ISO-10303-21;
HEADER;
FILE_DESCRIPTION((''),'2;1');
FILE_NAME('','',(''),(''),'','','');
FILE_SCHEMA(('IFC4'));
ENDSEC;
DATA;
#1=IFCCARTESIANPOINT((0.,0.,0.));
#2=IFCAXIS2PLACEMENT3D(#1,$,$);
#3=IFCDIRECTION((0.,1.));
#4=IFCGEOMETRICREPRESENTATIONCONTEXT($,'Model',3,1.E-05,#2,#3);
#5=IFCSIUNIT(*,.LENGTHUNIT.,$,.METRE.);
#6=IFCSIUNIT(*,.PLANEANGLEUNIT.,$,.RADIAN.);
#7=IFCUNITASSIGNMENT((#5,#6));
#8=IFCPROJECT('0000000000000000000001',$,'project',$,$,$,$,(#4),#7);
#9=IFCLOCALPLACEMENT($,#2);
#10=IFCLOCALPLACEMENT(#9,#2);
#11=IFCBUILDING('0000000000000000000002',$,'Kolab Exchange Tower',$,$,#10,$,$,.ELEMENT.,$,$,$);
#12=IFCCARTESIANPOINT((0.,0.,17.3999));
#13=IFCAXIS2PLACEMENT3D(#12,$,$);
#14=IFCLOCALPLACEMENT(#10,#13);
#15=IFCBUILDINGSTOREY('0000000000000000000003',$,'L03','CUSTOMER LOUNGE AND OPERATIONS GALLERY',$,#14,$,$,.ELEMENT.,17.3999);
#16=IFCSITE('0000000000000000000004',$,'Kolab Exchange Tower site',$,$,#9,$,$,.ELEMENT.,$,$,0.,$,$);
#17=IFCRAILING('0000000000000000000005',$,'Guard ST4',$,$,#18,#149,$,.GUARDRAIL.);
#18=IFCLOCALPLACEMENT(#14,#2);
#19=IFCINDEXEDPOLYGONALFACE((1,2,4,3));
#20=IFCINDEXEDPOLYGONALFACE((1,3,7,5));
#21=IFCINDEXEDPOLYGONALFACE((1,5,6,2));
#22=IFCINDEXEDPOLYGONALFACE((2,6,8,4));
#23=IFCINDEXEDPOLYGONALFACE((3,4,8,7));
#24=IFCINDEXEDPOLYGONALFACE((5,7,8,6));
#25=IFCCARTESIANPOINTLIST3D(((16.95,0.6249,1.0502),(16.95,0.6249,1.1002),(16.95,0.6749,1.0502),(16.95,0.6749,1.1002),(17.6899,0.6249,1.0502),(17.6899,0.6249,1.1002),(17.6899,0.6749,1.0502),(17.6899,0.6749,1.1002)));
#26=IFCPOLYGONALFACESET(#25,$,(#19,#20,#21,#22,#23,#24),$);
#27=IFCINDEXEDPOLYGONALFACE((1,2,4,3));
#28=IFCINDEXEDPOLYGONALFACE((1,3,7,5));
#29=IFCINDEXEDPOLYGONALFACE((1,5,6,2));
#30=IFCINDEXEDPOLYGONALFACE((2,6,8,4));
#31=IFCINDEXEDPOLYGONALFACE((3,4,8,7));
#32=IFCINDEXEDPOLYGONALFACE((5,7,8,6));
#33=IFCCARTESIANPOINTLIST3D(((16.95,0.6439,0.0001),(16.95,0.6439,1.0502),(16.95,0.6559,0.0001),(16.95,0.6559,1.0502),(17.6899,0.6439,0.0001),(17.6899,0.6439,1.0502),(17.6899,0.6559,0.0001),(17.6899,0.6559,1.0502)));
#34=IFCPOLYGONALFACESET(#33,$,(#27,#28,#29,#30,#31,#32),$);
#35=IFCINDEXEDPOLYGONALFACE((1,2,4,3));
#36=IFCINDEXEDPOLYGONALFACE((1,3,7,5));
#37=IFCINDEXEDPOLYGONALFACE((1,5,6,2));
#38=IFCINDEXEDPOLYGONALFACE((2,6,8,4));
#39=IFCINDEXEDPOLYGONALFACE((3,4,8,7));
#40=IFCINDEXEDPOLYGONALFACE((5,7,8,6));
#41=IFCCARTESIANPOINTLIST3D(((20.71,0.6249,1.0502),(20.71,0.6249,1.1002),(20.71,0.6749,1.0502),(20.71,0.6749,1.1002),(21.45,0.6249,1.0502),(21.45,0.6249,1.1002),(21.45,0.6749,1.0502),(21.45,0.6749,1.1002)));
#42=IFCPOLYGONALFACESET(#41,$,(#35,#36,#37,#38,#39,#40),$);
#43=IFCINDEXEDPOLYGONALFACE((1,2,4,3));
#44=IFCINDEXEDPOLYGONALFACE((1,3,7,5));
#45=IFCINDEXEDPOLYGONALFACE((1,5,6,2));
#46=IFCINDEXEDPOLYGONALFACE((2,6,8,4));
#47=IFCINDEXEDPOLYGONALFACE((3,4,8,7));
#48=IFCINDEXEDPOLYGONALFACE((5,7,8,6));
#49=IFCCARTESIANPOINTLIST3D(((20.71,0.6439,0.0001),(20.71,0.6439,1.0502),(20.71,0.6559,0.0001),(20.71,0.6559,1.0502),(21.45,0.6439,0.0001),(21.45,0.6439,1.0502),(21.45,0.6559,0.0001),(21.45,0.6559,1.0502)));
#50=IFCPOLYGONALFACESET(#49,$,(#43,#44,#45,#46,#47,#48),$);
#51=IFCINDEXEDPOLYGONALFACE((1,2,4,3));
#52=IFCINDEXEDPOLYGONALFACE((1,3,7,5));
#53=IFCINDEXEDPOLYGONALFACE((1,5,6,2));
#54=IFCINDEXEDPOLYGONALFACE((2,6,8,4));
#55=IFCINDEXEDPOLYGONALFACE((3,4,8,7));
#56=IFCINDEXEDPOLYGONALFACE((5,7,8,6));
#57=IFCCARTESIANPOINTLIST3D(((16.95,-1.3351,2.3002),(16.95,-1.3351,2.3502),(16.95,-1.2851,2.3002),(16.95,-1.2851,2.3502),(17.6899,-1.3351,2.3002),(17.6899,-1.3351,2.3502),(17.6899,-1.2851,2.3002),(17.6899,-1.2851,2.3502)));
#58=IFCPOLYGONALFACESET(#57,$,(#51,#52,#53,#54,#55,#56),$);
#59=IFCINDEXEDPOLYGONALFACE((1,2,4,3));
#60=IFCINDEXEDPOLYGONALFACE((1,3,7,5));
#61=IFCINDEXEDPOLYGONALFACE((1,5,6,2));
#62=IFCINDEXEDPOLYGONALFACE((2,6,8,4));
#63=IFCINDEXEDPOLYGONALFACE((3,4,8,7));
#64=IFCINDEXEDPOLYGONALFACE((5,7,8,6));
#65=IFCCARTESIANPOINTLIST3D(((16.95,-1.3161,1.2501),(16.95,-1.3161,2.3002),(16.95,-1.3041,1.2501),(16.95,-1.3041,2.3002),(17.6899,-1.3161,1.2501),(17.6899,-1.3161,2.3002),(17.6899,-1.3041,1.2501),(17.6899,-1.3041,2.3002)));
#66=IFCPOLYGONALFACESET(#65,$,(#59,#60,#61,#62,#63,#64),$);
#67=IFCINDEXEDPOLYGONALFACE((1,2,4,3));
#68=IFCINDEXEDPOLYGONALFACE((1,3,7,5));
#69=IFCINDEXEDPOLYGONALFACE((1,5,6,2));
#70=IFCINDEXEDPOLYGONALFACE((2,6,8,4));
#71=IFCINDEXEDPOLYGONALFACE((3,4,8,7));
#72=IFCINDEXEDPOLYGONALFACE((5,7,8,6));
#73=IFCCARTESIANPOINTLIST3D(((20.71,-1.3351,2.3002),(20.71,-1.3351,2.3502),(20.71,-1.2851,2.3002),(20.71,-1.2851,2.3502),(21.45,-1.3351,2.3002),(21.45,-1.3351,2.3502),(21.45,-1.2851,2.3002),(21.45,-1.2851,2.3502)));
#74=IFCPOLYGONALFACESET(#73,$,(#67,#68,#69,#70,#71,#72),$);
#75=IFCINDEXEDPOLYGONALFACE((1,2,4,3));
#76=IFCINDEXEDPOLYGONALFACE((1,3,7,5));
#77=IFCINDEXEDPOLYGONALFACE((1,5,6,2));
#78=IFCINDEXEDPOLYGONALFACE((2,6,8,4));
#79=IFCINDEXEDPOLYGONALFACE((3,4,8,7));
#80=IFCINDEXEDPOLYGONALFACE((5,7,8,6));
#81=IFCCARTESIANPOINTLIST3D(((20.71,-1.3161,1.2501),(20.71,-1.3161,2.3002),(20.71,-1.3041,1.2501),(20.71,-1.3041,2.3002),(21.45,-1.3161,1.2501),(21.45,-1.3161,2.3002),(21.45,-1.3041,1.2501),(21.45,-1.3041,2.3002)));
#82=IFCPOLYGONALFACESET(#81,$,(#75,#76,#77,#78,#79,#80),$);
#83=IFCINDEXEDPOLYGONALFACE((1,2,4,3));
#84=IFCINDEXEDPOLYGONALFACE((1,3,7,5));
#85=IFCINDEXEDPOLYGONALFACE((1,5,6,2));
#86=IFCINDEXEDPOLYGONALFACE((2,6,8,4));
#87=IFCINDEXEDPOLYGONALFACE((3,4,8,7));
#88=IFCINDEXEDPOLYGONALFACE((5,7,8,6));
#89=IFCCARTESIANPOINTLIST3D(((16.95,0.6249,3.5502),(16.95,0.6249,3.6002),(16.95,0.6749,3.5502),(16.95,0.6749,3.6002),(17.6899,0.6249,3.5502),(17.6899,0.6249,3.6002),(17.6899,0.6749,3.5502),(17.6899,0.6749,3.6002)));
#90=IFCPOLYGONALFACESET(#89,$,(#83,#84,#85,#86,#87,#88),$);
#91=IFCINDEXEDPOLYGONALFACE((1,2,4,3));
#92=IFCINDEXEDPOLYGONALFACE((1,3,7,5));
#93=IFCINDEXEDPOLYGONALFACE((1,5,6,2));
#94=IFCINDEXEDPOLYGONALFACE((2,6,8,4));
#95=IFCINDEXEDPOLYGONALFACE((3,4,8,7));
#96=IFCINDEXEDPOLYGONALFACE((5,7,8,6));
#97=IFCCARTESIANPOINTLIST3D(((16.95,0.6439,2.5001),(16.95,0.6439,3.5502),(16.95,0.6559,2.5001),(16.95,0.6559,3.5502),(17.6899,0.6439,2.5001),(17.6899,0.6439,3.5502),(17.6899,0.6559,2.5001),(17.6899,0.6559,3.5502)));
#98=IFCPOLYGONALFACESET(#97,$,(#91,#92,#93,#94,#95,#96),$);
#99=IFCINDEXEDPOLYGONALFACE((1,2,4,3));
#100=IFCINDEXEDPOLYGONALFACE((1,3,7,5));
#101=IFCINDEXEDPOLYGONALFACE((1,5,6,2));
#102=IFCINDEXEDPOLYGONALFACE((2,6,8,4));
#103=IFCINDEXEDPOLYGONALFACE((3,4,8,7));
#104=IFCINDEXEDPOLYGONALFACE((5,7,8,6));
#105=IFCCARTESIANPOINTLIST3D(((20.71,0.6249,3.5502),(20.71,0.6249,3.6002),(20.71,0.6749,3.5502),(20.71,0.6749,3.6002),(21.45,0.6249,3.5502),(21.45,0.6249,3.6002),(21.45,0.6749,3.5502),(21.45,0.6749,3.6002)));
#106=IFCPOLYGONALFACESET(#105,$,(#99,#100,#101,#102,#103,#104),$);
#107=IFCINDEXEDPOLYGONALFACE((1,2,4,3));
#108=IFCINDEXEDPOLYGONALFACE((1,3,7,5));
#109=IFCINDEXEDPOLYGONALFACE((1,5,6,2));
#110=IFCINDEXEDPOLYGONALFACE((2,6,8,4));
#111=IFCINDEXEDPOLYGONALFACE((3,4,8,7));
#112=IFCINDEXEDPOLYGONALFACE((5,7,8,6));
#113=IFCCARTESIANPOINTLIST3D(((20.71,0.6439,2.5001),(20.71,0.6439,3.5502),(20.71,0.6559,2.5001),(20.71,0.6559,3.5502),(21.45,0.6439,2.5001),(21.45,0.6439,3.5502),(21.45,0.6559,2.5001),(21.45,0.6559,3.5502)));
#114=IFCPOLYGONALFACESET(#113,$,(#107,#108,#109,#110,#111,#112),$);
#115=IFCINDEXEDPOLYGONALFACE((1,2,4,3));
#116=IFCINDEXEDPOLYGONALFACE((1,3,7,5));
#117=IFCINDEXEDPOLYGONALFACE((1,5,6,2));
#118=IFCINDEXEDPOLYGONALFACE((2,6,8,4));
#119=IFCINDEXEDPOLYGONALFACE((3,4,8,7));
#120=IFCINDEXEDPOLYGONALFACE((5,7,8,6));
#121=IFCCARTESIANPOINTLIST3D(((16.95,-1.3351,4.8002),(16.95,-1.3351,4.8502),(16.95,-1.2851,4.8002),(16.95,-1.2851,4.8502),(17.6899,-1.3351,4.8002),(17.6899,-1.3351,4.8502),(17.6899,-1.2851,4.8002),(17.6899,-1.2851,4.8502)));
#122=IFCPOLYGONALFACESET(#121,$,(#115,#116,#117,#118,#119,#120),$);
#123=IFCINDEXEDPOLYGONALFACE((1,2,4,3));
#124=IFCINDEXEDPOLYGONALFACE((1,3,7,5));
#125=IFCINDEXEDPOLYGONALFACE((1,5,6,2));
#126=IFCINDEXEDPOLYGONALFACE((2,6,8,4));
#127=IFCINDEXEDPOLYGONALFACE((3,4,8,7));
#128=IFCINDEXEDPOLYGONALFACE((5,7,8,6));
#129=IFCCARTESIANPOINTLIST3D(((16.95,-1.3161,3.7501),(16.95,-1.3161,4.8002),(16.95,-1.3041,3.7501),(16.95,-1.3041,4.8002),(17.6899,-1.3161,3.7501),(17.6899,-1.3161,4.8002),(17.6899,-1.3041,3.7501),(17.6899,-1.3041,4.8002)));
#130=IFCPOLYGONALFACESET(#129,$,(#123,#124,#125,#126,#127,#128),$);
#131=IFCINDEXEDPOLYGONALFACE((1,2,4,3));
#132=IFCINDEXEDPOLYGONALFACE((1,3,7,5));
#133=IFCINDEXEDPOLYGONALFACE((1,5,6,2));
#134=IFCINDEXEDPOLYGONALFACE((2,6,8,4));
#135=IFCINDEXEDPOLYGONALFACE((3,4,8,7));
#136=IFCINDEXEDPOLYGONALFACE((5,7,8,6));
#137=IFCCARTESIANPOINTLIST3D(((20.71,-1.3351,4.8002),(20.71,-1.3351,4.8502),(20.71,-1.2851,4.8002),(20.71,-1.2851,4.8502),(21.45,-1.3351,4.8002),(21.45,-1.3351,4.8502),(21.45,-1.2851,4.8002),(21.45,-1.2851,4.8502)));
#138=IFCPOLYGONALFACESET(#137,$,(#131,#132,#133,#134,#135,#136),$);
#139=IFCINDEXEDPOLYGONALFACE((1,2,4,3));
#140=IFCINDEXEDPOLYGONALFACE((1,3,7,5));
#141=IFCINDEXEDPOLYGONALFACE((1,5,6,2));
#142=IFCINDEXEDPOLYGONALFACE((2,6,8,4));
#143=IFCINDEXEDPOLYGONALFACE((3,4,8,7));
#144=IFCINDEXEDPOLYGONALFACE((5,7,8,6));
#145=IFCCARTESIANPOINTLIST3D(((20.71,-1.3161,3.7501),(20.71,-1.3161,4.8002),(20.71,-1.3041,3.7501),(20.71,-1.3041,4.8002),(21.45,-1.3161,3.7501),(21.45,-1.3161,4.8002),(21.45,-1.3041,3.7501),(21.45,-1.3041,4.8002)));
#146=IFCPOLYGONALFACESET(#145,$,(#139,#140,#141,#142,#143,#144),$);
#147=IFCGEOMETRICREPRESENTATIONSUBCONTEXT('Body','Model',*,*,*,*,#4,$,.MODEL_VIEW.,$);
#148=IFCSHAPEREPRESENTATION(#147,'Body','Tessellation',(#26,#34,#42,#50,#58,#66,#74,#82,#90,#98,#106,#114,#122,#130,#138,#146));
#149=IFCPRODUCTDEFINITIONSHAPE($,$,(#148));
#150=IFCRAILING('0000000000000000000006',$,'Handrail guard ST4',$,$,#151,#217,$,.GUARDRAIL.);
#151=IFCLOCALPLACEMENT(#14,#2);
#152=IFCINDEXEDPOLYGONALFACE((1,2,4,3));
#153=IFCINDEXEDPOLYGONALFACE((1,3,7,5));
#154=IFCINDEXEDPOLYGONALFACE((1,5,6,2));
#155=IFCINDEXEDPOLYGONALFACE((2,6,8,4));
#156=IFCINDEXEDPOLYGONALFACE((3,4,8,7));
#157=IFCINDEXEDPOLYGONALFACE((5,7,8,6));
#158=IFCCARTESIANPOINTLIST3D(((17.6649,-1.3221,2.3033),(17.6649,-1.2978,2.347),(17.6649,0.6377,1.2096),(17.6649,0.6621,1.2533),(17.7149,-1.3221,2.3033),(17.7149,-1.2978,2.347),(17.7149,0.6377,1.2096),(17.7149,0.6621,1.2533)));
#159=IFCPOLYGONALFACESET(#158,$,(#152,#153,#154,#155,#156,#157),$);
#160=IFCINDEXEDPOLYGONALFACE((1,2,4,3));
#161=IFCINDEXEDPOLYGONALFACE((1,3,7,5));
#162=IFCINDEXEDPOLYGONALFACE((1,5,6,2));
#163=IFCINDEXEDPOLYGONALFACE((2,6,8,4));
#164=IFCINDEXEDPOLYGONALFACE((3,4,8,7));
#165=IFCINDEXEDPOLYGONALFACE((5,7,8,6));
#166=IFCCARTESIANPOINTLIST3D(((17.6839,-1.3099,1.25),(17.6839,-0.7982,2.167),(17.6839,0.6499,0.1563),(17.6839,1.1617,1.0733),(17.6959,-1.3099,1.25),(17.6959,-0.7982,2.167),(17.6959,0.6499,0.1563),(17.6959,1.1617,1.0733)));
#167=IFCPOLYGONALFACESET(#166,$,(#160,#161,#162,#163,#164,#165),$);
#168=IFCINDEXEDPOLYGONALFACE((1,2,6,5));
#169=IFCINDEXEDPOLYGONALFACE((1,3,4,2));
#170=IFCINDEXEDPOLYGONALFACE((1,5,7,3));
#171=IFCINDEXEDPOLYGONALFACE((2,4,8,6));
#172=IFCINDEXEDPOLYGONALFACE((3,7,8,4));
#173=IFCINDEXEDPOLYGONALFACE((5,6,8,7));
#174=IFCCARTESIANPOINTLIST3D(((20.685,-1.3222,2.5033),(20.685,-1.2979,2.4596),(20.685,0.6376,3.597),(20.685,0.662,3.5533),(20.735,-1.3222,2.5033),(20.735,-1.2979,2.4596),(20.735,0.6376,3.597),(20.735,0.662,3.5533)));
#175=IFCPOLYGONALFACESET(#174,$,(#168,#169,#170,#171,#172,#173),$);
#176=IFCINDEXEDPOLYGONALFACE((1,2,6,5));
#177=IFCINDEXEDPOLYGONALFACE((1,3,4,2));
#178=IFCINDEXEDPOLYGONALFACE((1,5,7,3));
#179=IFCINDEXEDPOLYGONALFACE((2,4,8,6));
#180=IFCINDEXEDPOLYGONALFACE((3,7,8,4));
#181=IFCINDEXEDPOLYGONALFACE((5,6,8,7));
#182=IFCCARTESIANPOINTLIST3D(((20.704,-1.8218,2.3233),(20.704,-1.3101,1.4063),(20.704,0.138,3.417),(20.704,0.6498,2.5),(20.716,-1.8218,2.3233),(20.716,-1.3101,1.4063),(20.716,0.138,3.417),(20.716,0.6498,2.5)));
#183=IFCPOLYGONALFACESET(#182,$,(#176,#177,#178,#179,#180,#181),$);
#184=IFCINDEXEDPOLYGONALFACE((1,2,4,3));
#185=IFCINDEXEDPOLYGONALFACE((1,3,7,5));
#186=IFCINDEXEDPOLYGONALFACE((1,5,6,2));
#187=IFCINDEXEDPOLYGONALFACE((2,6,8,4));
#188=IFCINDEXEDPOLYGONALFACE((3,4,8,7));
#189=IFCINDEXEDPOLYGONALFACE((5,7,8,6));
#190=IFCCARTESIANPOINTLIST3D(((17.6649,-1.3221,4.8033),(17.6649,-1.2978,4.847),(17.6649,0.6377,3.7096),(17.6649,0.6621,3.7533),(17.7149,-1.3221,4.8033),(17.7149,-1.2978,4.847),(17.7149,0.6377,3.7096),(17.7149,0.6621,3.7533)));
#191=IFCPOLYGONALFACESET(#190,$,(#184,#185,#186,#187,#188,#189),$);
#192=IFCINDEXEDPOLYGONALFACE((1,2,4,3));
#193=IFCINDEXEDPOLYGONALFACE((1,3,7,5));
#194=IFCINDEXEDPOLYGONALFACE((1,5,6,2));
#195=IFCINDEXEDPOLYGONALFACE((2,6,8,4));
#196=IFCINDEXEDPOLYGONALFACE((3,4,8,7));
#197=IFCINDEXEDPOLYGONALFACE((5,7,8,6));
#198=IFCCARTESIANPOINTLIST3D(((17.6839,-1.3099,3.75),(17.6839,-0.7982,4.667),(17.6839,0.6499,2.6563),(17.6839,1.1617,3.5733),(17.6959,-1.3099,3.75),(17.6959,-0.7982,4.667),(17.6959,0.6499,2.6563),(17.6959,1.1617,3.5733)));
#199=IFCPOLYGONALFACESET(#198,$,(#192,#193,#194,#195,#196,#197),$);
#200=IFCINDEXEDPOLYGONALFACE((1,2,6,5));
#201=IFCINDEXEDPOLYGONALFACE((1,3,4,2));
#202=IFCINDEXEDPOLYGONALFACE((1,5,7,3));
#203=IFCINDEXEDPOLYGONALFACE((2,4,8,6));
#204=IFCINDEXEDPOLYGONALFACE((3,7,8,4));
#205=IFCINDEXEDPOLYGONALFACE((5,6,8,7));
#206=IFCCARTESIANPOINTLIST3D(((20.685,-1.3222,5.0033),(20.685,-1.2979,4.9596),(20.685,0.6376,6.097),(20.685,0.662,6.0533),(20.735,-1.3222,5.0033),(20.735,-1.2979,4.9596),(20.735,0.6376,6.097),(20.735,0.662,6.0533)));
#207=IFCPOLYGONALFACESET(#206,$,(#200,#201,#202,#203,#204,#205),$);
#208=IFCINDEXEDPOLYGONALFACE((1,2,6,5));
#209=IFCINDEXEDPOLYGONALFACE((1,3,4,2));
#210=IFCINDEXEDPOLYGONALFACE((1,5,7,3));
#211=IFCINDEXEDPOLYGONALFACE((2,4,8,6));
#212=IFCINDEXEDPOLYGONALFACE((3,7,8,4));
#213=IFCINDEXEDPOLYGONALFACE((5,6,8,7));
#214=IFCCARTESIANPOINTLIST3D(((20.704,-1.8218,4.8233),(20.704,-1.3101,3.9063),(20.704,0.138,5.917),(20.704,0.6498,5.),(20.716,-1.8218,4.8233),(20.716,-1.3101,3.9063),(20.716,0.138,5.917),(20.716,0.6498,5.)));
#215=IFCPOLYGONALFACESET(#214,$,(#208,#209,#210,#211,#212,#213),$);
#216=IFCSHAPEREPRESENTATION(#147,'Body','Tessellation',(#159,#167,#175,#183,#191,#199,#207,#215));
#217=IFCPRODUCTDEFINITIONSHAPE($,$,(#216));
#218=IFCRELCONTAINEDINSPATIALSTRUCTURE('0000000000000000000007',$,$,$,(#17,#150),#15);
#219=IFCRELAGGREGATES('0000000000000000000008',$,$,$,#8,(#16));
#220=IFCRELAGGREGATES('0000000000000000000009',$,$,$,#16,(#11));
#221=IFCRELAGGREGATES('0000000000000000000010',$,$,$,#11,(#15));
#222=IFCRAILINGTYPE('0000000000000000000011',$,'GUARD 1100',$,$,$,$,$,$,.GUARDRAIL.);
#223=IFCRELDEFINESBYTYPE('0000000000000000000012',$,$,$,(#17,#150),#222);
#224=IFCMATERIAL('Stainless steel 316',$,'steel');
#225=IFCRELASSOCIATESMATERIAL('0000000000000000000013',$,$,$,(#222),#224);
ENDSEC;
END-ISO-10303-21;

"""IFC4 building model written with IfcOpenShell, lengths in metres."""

from ifc_helpers import new_model, si_unit, direction, frame, frame_2d, origin, origin_2d, place, context, subcontext, project, spatial, rectangle, extrude, material, type_object, element, save


model = new_model("IFC4")

# Units and contexts
model_context = context("Model", 3, precision=1e-05, world=origin(), true_north=direction((0.0, 1.0)))
body_context = subcontext(model_context, "Body", "Model", "MODEL_VIEW")
ifc_project = project(units=[si_unit("LENGTHUNIT", "METRE"), si_unit("PLANEANGLEUNIT", "RADIAN")], contexts=[model_context])

# Site, building, storey
site_placement = place(None, origin())
site = spatial("IfcSite", under=ifc_project, at=site_placement, Name="Kolab Exchange Tower site", CompositionType="ELEMENT", RefElevation=0.0)
building_placement = place(site_placement, origin())
building = spatial("IfcBuilding", under=site, at=building_placement, Name="Kolab Exchange Tower", CompositionType="ELEMENT")
storey_placement = place(building_placement, frame((0.0, 0.0, 17.3999)))
storey = spatial("IfcBuildingStorey", under=building, at=storey_placement, Name="L03", Description="CUSTOMER LOUNGE AND OPERATIONS GALLERY", CompositionType="ELEMENT", Elevation=17.3999)

# Railings
ifc_material_1 = material(Name="Stainless steel 316", Category="steel")
railing_type_1 = type_object("IfcRailingType", Name="GUARD 1100", PredefinedType="GUARDRAIL", material=ifc_material_1)
railing_1_placement = place(storey_placement, frame((16.95, 0.6499, 0.0)))
element("IfcRailing", 1, at=railing_1_placement, inside=storey, type_object=railing_type_1, Name="Guard ST4", PredefinedType="GUARDRAIL", context=body_context, shape_type="SweptSolid", body=[
    extrude(rectangle(XDim=0.05, YDim=0.05, at=origin_2d()), frame((0.0, 0.0, 1.0752), z_axis=(1.0, 0.0, 0.0), x_axis=(0.0, 1.0, 0.0)), (0.0, 0.0, 1.0), 0.74),
    extrude(rectangle(XDim=0.012, YDim=1.0501, at=frame_2d((0.0, 0.5251))), frame((0.0, 0.0, 0.0), z_axis=(1.0, 0.0, 0.0), x_axis=(0.0, 1.0, 0.0)), (0.0, 0.0, 1.0), 0.74),
    extrude(rectangle(XDim=0.05, YDim=0.05, at=origin_2d()), frame((3.76, 0.0, 1.0752), z_axis=(1.0, 0.0, 0.0), x_axis=(0.0, 1.0, 0.0)), (0.0, 0.0, 1.0), 0.74),
    extrude(rectangle(XDim=0.012, YDim=1.0501, at=frame_2d((0.0, 0.5251))), frame((3.76, 0.0, 0.0), z_axis=(1.0, 0.0, 0.0), x_axis=(0.0, 1.0, 0.0)), (0.0, 0.0, 1.0), 0.74),
    extrude(rectangle(XDim=0.05, YDim=0.05, at=origin_2d()), frame((0.0, -1.96, 2.3252), z_axis=(1.0, 0.0, 0.0), x_axis=(0.0, 1.0, 0.0)), (0.0, 0.0, 1.0), 0.74),
    extrude(rectangle(XDim=0.012, YDim=1.0501, at=frame_2d((0.0, 0.5251))), frame((0.0, -1.96, 1.25), z_axis=(1.0, 0.0, 0.0), x_axis=(0.0, 1.0, 0.0)), (0.0, 0.0, 1.0), 0.74),
    extrude(rectangle(XDim=0.05, YDim=0.05, at=origin_2d()), frame((3.76, -1.96, 2.3252), z_axis=(1.0, 0.0, 0.0), x_axis=(0.0, 1.0, 0.0)), (0.0, 0.0, 1.0), 0.74),
    extrude(rectangle(XDim=0.012, YDim=1.0501, at=frame_2d((0.0, 0.5251))), frame((3.76, -1.96, 1.25), z_axis=(1.0, 0.0, 0.0), x_axis=(0.0, 1.0, 0.0)), (0.0, 0.0, 1.0), 0.74),
    extrude(rectangle(XDim=0.05, YDim=0.05, at=origin_2d()), frame((0.0, 0.0, 3.5752), z_axis=(1.0, 0.0, 0.0), x_axis=(0.0, 1.0, 0.0)), (0.0, 0.0, 1.0), 0.74),
    extrude(rectangle(XDim=0.012, YDim=1.0501, at=frame_2d((0.0, 0.5251))), frame((0.0, 0.0, 2.5), z_axis=(1.0, 0.0, 0.0), x_axis=(0.0, 1.0, 0.0)), (0.0, 0.0, 1.0), 0.74),
    extrude(rectangle(XDim=0.05, YDim=0.05, at=origin_2d()), frame((3.76, 0.0, 3.5752), z_axis=(1.0, 0.0, 0.0), x_axis=(0.0, 1.0, 0.0)), (0.0, 0.0, 1.0), 0.74),
    extrude(rectangle(XDim=0.012, YDim=1.0501, at=frame_2d((0.0, 0.5251))), frame((3.76, 0.0, 2.5), z_axis=(1.0, 0.0, 0.0), x_axis=(0.0, 1.0, 0.0)), (0.0, 0.0, 1.0), 0.74),
    extrude(rectangle(XDim=0.05, YDim=0.05, at=origin_2d()), frame((0.0, -1.96, 4.8252), z_axis=(1.0, 0.0, 0.0), x_axis=(0.0, 1.0, 0.0)), (0.0, 0.0, 1.0), 0.74),
    extrude(rectangle(XDim=0.012, YDim=1.0501, at=frame_2d((0.0, 0.5251))), frame((0.0, -1.96, 3.75), z_axis=(1.0, 0.0, 0.0), x_axis=(0.0, 1.0, 0.0)), (0.0, 0.0, 1.0), 0.74),
    extrude(rectangle(XDim=0.05, YDim=0.05, at=origin_2d()), frame((3.76, -1.96, 4.8252), z_axis=(1.0, 0.0, 0.0), x_axis=(0.0, 1.0, 0.0)), (0.0, 0.0, 1.0), 0.74),
    extrude(rectangle(XDim=0.012, YDim=1.0501, at=frame_2d((0.0, 0.5251))), frame((3.76, -1.96, 3.75), z_axis=(1.0, 0.0, 0.0), x_axis=(0.0, 1.0, 0.0)), (0.0, 0.0, 1.0), 0.74),
])
railing_2_placement = place(storey_placement, frame((17.6899, 0.6499, 0.1562)))
element("IfcRailing", 2, at=railing_2_placement, inside=storey, type_object=railing_type_1, Name="Handrail guard ST4", PredefinedType="GUARDRAIL", context=body_context, shape_type="SweptSolid", body=[
    extrude(rectangle(XDim=0.05, YDim=0.05, at=origin_2d()), frame((0.0, 0.0, 1.0752), z_axis=(0.0, -0.873232, 0.487304), x_axis=(1.0, 0.0, 0.0)), (0.0, 0.0, 1.0), 2.2444),
    extrude(rectangle(XDim=0.012, YDim=1.0501, at=frame_2d((0.0, 0.5251))), frame((0.0, 0.0, 0.0), z_axis=(0.0, -0.873232, 0.487304), x_axis=(1.0, 0.0, 0.0)), (0.0, 0.0, 1.0), 2.2444),
    extrude(rectangle(XDim=0.05, YDim=0.05, at=origin_2d()), frame((3.02, -1.96, 2.3252), z_axis=(0.0, 0.873232, 0.487304), x_axis=(-1.0, 0.0, 0.0)), (0.0, 0.0, 1.0), 2.2444),
    extrude(rectangle(XDim=0.012, YDim=1.0501, at=frame_2d((0.0, 0.5251))), frame((3.02, -1.96, 1.25), z_axis=(0.0, 0.873232, 0.487304), x_axis=(-1.0, 0.0, 0.0)), (0.0, 0.0, 1.0), 2.2444),
    extrude(rectangle(XDim=0.05, YDim=0.05, at=origin_2d()), frame((0.0, 0.0, 3.5752), z_axis=(0.0, -0.873232, 0.487304), x_axis=(1.0, 0.0, 0.0)), (0.0, 0.0, 1.0), 2.2444),
    extrude(rectangle(XDim=0.012, YDim=1.0501, at=frame_2d((0.0, 0.5251))), frame((0.0, 0.0, 2.5), z_axis=(0.0, -0.873232, 0.487304), x_axis=(1.0, 0.0, 0.0)), (0.0, 0.0, 1.0), 2.2444),
    extrude(rectangle(XDim=0.05, YDim=0.05, at=origin_2d()), frame((3.02, -1.96, 4.8252), z_axis=(0.0, 0.873232, 0.487304), x_axis=(-1.0, 0.0, 0.0)), (0.0, 0.0, 1.0), 2.2444),
    extrude(rectangle(XDim=0.012, YDim=1.0501, at=frame_2d((0.0, 0.5251))), frame((3.02, -1.96, 3.75), z_axis=(0.0, 0.873232, 0.487304), x_axis=(-1.0, 0.0, 0.0)), (0.0, 0.0, 1.0), 2.2444),
])

save(model, "model.ifc")
